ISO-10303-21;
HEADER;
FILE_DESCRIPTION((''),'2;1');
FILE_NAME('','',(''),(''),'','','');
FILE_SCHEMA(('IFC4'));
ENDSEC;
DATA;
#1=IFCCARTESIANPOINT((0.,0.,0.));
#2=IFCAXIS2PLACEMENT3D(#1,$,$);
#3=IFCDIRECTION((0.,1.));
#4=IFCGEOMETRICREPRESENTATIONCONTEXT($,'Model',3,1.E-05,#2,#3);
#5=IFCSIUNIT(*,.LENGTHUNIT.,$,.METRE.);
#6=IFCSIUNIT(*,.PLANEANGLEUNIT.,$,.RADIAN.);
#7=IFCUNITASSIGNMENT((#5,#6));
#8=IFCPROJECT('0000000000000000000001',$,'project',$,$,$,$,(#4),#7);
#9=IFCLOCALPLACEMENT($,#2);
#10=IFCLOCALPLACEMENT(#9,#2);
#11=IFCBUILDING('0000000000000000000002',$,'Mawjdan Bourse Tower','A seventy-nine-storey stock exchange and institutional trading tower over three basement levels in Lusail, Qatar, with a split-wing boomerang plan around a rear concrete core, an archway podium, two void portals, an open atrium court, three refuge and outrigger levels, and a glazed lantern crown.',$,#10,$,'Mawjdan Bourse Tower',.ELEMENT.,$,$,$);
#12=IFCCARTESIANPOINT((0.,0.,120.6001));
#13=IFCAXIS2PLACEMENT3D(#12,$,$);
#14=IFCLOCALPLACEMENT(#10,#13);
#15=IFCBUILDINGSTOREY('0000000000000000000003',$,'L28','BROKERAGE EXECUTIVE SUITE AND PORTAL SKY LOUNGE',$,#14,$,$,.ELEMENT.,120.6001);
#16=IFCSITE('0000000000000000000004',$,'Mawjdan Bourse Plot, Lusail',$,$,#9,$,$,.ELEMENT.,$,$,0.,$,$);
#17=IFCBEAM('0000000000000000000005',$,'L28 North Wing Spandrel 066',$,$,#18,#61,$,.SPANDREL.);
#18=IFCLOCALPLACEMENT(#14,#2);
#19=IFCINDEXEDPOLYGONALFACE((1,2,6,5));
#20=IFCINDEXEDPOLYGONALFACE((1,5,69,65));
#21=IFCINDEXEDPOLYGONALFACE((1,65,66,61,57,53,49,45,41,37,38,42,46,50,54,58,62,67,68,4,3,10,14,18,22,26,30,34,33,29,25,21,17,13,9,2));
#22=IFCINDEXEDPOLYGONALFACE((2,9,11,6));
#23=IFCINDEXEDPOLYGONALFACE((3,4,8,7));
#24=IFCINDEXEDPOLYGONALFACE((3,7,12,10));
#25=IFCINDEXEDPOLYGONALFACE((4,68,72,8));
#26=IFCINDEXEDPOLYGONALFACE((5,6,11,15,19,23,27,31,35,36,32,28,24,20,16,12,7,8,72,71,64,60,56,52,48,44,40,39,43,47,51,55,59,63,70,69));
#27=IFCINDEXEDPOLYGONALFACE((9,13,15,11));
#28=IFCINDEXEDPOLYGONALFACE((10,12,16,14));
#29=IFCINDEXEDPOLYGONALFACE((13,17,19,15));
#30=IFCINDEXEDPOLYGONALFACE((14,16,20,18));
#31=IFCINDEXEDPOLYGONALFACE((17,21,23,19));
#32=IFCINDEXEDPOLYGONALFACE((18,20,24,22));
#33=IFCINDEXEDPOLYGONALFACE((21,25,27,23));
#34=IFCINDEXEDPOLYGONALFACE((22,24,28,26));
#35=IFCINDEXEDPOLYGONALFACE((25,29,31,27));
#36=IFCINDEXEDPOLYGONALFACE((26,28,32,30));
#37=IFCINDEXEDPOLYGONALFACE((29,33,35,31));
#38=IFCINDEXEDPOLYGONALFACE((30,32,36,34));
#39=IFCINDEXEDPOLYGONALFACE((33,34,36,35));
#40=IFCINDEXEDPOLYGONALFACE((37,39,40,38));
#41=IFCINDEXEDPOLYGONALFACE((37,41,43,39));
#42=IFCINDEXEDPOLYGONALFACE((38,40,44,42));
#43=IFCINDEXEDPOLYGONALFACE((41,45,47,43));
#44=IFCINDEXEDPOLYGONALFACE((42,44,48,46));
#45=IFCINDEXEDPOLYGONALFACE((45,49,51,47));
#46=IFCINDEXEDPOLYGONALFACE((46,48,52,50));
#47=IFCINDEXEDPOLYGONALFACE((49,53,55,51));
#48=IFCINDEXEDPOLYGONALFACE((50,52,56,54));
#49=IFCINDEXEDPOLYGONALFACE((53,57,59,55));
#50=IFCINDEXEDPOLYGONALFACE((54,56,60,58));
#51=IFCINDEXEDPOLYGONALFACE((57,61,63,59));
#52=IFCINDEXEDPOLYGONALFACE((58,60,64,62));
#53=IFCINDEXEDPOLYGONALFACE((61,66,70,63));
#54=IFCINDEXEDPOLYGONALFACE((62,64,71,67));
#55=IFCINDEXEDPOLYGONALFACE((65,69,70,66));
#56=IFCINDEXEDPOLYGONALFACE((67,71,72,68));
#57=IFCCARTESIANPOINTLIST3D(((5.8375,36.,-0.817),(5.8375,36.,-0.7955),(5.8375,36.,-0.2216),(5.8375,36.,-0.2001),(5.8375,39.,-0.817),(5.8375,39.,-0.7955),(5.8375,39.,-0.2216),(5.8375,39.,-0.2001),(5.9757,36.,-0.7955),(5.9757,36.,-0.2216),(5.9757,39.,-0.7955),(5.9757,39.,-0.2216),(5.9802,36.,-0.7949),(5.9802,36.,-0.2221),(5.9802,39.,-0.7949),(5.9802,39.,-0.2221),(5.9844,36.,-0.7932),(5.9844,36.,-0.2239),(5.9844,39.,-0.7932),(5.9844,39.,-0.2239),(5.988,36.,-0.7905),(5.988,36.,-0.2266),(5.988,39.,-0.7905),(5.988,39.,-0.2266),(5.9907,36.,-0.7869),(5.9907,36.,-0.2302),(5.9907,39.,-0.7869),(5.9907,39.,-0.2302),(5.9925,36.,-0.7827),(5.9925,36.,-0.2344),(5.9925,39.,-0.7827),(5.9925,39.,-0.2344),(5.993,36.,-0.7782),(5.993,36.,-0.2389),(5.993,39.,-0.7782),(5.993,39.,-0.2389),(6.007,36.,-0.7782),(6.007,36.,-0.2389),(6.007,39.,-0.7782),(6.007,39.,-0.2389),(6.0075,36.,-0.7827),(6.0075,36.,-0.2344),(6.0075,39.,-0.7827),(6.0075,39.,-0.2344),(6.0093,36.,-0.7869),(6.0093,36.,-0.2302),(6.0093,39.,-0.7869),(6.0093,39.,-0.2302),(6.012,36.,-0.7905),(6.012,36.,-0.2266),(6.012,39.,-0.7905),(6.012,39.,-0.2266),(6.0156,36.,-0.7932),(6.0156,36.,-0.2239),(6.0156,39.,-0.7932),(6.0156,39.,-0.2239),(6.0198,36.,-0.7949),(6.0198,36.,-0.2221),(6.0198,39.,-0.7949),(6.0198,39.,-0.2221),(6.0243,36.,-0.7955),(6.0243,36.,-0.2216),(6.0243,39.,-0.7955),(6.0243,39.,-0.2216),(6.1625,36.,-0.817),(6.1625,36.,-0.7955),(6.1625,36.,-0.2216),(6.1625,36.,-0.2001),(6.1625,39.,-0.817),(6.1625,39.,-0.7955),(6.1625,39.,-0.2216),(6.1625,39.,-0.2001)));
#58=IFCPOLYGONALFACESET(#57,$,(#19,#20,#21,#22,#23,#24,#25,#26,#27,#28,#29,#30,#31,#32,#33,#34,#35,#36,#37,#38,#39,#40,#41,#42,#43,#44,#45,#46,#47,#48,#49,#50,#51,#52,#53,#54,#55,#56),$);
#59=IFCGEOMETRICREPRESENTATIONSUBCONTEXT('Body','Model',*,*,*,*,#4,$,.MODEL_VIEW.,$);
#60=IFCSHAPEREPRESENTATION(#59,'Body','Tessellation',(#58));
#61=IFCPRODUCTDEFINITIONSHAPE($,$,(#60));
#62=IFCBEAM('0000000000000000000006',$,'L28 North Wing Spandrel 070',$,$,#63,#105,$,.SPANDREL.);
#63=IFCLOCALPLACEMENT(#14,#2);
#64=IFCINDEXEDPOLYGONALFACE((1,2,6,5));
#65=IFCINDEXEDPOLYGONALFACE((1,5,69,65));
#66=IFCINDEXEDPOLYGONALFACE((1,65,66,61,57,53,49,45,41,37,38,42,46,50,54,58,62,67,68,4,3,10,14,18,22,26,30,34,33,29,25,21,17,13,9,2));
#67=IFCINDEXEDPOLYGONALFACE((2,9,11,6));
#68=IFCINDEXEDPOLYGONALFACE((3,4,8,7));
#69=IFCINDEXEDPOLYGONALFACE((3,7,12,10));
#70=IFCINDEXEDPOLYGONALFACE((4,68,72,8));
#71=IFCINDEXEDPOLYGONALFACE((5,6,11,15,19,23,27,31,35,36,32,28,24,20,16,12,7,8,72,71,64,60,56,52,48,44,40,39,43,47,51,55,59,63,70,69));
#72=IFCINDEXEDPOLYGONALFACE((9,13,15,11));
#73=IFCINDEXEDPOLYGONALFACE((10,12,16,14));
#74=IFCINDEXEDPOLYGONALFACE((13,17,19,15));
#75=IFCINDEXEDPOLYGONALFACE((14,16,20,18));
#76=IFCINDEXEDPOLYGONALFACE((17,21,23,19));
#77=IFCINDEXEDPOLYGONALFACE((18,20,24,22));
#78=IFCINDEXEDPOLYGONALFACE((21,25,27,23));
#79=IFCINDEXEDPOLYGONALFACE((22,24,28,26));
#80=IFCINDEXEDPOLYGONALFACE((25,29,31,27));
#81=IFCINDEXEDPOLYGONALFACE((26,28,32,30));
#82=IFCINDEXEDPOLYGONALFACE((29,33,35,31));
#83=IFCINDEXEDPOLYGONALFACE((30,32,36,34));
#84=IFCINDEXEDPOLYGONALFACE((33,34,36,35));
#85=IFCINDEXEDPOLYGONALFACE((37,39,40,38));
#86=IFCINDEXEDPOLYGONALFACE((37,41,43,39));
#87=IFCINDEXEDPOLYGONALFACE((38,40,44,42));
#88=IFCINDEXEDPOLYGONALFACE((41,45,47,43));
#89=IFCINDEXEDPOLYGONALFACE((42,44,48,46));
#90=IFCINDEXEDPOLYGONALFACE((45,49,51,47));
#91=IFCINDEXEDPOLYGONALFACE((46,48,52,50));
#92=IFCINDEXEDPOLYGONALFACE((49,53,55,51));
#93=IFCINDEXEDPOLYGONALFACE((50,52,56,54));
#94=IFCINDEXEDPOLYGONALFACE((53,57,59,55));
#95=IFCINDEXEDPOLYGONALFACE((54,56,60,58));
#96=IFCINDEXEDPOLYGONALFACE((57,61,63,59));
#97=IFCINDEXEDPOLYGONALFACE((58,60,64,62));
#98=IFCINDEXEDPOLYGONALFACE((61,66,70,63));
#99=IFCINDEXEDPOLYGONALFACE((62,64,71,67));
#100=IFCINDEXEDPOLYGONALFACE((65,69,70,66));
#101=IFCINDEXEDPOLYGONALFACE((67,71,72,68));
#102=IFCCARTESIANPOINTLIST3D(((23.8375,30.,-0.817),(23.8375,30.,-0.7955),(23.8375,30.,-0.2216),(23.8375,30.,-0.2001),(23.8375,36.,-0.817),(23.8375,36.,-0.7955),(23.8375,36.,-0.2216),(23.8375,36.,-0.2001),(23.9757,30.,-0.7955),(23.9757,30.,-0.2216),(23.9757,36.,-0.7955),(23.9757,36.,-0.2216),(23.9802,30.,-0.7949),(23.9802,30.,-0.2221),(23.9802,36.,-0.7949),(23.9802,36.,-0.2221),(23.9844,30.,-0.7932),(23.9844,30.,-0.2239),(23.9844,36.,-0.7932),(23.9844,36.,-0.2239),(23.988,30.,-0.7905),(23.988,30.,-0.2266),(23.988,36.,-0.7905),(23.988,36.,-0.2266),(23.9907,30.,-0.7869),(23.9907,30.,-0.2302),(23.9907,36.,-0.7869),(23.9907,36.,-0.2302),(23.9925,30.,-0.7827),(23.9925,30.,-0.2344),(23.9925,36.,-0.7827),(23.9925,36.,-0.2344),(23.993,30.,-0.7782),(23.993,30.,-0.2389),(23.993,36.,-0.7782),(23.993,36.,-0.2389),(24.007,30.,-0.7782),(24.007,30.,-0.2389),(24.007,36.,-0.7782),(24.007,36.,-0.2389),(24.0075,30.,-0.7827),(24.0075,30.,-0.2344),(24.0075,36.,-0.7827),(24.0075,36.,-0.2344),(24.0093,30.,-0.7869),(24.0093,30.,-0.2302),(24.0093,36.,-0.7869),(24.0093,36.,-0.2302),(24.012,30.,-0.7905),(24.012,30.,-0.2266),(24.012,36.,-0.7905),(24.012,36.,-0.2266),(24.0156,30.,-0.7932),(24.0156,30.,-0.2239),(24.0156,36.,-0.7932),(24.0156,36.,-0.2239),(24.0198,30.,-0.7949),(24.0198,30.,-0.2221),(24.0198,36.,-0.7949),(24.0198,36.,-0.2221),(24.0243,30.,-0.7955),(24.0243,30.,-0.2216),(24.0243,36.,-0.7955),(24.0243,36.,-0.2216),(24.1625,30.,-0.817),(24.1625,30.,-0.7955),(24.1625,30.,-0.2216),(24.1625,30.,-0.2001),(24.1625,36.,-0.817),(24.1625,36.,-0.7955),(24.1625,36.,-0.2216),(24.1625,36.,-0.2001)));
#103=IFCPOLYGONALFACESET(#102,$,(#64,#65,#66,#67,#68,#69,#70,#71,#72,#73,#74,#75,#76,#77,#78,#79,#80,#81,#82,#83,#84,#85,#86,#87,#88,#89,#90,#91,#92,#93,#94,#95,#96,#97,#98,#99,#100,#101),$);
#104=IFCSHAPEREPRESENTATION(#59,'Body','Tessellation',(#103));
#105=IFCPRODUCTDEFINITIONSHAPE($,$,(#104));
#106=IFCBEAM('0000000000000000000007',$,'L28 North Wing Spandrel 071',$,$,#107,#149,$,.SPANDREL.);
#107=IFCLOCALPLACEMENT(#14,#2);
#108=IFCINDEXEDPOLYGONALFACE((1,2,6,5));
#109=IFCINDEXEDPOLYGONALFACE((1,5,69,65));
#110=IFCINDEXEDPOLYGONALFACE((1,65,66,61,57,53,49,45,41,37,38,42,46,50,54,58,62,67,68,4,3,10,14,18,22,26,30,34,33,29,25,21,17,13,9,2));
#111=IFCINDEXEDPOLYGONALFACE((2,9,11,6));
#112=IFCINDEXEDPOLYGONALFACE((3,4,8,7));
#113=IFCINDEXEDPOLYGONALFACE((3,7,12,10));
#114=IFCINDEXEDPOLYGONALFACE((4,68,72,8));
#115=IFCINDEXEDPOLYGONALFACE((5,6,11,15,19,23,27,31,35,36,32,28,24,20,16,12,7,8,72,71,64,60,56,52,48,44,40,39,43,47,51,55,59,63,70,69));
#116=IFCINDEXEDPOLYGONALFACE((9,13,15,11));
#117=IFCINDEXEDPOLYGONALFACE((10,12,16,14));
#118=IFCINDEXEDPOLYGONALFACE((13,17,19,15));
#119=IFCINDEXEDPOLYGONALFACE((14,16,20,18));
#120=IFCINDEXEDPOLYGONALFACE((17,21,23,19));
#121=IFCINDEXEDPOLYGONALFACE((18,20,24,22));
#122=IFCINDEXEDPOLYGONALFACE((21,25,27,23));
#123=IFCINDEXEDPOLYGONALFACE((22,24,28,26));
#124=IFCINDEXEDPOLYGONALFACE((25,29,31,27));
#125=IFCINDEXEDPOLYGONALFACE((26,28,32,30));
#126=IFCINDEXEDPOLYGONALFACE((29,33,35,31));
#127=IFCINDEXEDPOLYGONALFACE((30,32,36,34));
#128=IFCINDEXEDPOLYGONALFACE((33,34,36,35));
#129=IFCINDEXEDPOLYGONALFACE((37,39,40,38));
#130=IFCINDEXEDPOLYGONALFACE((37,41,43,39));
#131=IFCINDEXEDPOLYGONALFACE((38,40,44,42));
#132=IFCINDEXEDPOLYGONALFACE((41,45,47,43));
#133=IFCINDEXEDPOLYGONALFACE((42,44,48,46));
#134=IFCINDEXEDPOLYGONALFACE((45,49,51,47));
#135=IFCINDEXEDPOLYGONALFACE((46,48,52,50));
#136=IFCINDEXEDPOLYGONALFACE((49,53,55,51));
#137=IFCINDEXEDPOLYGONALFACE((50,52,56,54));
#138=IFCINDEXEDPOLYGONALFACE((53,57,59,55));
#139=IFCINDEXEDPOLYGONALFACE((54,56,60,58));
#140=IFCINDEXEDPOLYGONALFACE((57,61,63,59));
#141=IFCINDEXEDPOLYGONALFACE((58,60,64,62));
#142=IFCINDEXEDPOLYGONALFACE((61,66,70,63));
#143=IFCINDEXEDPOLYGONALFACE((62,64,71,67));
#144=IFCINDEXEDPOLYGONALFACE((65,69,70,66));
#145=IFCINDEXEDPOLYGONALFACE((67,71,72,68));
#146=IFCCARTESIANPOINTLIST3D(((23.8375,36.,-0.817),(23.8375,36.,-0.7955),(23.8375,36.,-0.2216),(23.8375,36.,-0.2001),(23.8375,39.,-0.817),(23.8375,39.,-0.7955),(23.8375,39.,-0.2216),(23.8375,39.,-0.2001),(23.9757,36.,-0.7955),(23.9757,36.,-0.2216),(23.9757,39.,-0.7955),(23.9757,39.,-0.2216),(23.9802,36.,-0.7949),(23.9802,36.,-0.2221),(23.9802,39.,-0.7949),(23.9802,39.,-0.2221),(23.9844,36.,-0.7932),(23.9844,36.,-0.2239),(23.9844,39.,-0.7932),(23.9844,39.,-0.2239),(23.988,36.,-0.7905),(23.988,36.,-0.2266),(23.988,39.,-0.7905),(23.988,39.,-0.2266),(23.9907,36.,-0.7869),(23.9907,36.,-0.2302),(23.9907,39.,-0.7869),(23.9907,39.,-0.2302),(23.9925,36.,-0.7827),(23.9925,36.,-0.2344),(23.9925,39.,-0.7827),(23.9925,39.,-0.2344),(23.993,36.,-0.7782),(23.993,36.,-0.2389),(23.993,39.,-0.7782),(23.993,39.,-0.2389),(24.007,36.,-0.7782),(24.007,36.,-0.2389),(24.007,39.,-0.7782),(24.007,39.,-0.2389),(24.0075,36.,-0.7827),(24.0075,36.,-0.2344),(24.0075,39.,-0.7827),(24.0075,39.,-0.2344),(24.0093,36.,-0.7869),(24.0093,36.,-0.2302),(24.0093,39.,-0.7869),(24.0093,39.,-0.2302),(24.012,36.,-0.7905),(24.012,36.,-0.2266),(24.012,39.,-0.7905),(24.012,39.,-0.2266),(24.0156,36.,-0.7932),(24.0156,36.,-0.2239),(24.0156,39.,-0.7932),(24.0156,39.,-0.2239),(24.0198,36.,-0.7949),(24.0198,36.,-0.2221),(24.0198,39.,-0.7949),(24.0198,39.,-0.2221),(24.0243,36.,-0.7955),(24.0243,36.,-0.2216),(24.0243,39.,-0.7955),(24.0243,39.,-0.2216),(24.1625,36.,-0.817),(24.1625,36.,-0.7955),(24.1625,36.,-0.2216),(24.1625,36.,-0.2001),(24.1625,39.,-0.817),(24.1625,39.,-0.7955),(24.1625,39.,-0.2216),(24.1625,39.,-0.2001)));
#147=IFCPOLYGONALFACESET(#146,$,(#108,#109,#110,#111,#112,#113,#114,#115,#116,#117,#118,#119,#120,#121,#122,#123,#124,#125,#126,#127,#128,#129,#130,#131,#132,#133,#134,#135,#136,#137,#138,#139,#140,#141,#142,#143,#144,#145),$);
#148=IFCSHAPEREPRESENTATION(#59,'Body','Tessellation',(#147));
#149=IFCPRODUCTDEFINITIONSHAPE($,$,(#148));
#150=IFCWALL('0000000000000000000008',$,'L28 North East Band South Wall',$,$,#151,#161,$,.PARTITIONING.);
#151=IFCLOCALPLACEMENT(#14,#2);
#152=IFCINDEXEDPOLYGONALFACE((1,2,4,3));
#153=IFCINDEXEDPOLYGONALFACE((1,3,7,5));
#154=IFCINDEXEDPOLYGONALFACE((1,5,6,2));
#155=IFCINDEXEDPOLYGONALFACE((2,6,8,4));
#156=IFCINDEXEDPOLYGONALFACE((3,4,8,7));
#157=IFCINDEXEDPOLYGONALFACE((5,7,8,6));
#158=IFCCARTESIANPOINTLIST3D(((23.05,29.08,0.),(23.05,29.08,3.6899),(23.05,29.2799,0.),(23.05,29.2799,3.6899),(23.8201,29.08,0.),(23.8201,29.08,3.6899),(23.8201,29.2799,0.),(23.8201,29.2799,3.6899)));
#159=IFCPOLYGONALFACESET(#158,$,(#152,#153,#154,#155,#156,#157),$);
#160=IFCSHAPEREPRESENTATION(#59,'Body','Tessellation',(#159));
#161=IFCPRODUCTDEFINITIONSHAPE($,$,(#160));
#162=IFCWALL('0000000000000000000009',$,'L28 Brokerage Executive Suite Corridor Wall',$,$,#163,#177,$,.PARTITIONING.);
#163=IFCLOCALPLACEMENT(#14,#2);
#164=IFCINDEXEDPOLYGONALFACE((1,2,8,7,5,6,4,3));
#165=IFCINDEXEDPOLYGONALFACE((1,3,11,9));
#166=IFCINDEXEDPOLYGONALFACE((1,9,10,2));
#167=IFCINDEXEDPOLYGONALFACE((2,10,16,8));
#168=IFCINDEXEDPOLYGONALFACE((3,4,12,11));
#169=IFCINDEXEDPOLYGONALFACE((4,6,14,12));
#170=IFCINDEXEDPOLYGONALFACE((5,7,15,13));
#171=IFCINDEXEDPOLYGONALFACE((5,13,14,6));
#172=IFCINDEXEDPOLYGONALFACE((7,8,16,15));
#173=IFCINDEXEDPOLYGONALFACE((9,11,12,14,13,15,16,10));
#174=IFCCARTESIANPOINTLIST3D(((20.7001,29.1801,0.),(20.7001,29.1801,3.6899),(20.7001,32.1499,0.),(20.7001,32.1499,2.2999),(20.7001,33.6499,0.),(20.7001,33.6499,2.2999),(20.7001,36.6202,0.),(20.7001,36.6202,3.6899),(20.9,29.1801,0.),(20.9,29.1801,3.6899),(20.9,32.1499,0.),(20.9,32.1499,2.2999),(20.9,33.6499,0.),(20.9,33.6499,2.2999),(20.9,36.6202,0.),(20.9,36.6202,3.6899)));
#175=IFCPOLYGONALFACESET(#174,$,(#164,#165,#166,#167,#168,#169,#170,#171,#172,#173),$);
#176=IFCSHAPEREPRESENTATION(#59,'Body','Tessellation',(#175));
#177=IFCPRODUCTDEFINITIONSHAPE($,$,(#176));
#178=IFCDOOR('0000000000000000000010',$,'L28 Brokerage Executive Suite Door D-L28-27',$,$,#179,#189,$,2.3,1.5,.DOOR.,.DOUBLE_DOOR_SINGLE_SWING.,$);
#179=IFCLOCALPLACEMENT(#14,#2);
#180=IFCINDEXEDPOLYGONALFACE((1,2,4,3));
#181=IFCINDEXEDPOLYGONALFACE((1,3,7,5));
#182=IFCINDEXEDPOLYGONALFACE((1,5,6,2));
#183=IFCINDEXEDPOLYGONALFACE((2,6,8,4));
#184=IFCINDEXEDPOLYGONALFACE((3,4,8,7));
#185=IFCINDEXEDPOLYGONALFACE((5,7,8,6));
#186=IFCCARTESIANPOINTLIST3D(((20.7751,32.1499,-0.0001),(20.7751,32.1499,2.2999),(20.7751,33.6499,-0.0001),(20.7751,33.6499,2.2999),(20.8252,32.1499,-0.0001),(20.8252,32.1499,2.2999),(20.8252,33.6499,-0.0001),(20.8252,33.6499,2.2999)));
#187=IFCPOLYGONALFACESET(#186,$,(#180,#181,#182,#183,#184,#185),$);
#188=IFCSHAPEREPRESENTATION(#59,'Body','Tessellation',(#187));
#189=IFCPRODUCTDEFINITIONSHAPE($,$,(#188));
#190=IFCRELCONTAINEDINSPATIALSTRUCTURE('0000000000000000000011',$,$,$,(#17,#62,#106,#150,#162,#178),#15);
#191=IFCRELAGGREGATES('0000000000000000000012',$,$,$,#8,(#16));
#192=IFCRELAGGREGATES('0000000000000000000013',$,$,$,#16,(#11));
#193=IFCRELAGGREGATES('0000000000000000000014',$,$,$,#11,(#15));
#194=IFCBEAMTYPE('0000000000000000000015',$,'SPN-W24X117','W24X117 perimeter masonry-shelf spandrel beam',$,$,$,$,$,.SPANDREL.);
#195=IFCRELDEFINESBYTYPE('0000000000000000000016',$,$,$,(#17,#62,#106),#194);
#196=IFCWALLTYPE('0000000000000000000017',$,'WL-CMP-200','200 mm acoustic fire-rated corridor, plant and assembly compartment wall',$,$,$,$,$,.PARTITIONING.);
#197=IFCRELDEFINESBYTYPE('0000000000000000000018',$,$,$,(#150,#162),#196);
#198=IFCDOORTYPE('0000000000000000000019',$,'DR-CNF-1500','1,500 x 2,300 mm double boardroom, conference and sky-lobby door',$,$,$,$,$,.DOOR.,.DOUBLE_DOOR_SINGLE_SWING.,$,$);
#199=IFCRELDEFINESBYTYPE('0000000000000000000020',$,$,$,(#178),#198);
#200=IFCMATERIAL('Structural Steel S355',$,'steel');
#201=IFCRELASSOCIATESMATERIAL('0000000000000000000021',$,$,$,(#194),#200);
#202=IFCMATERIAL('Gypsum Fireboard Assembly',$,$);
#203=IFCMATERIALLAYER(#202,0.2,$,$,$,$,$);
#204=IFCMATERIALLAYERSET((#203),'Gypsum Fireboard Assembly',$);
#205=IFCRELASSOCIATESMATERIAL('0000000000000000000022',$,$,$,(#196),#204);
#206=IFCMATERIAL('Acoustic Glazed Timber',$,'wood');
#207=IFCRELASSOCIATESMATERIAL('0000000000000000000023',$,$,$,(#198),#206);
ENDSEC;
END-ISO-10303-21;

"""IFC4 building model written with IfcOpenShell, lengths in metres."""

from ifc_helpers import new_model, si_unit, direction, frame, frame_2d, origin, origin_2d, place, context, subcontext, project, spatial, rectangle, i_section, extrude, material, layer, layer_set, material_profile, profile_set, type_object, element, fill, save


model = new_model("IFC4")

# Units and contexts
model_context = context("Model", 3, precision=1e-05, world=origin(), true_north=direction((0.0, 1.0)))
body_context = subcontext(model_context, "Body", "Model", "MODEL_VIEW")
ifc_project = project(units=[si_unit("LENGTHUNIT", "METRE"), si_unit("PLANEANGLEUNIT", "RADIAN")], contexts=[model_context])

# Site, building, storey
site_placement = place(None, origin())
site = spatial("IfcSite", under=ifc_project, at=site_placement, Name="Mawjdan Bourse Plot, Lusail", CompositionType="ELEMENT", RefElevation=0.0)
building_placement = place(site_placement, origin())
building = spatial("IfcBuilding", under=site, at=building_placement, Name="Mawjdan Bourse Tower", Description="A seventy-nine-storey stock exchange and institutional trading tower over three basement levels in Lusail, Qatar, with a split-wing boomerang plan around a rear concrete core, an archway podium, two void portals, an open atrium court, three refuge and outrigger levels, and a glazed lantern crown.", LongName="Mawjdan Bourse Tower", CompositionType="ELEMENT")
storey_placement = place(building_placement, frame((0.0, 0.0, 120.6001)))
storey = spatial("IfcBuildingStorey", under=building, at=storey_placement, Name="L28", Description="BROKERAGE EXECUTIVE SUITE AND PORTAL SKY LOUNGE", CompositionType="ELEMENT", Elevation=120.6001)

# Beams
ifc_material_1 = material(Name="Structural Steel S355", Category="steel")
ifc_material_profile_1 = material_profile(ifc_material_1, i_section(OverallWidth=0.325, OverallDepth=0.6169, WebThickness=0.0139, FlangeThickness=0.0215, FilletRadius=0.0173, at=origin_2d()), Name="W24X117")
ifc_profile_set_1 = profile_set([ifc_material_profile_1], Name="Structural Steel S355")
beam_type_1 = type_object("IfcBeamType", Name="SPN-W24X117", Description="W24X117 perimeter masonry-shelf spandrel beam", PredefinedType="SPANDREL", material=ifc_profile_set_1)
beam_1_placement = place(storey_placement, frame((6.0, 36.0, -0.5085), z_axis=(0.0, 1.0, 0.0), x_axis=(-1.0, 0.0, 0.0)))
element("IfcBeam", 1, at=beam_1_placement, inside=storey, type_object=beam_type_1, Name="L28 North Wing Spandrel 066", PredefinedType="SPANDREL", context=body_context, shape_type="SweptSolid", body=[
    extrude(i_section(OverallWidth=0.325, OverallDepth=0.6169, WebThickness=0.0139, FlangeThickness=0.0215, FilletRadius=0.0173, at=origin_2d()), origin(), (0.0, 0.0, 1.0), 3.0),
])
beam_2_placement = place(storey_placement, frame((24.0, 30.0, -0.5085), z_axis=(0.0, 1.0, 0.0), x_axis=(-1.0, 0.0, 0.0)))
element("IfcBeam", 2, at=beam_2_placement, inside=storey, type_object=beam_type_1, Name="L28 North Wing Spandrel 070", PredefinedType="SPANDREL", context=body_context, shape_type="SweptSolid", body=[
    extrude(i_section(OverallWidth=0.325, OverallDepth=0.6169, WebThickness=0.0139, FlangeThickness=0.0215, FilletRadius=0.0173, at=origin_2d()), origin(), (0.0, 0.0, 1.0), 6.0),
])
beam_3_placement = place(storey_placement, frame((24.0, 36.0, -0.5085), z_axis=(0.0, 1.0, 0.0), x_axis=(-1.0, 0.0, 0.0)))
element("IfcBeam", 3, at=beam_3_placement, inside=storey, type_object=beam_type_1, Name="L28 North Wing Spandrel 071", PredefinedType="SPANDREL", context=body_context, shape_type="SweptSolid", body=[
    extrude(i_section(OverallWidth=0.325, OverallDepth=0.6169, WebThickness=0.0139, FlangeThickness=0.0215, FilletRadius=0.0173, at=origin_2d()), origin(), (0.0, 0.0, 1.0), 3.0),
])

# Wall
ifc_material_2 = material(Name="Gypsum Fireboard Assembly")
ifc_layer_1 = layer(ifc_material_2, 0.2)
ifc_layer_set_1 = layer_set([ifc_layer_1], Name="Gypsum Fireboard Assembly")
wall_type = type_object("IfcWallType", Name="WL-CMP-200", Description="200 mm acoustic fire-rated corridor, plant and assembly compartment wall", PredefinedType="PARTITIONING", material=ifc_layer_set_1)
wall_1_placement = place(storey_placement, frame((23.05, 29.1799, 0.0), z_axis=(0.0, 0.0, 1.0), x_axis=(1.0, 0.0, 0.0)))
element("IfcWall", 4, at=wall_1_placement, inside=storey, type_object=wall_type, Name="L28 North East Band South Wall", PredefinedType="PARTITIONING", context=body_context, shape_type="SweptSolid", body=[
    extrude(rectangle(XDim=0.77, YDim=0.2, at=frame_2d((0.385, 0.0))), origin(), (0.0, 0.0, 1.0), 3.6899),
])

# Wall, opening, door
wall_2_placement = place(storey_placement, frame((20.8, 29.1799, 0.0), z_axis=(0.0, 0.0, 1.0), x_axis=(0.0, 1.0, 0.0)))
wall_2 = element("IfcWall", 5, at=wall_2_placement, inside=storey, type_object=wall_type, Name="L28 Brokerage Executive Suite Corridor Wall", PredefinedType="PARTITIONING", context=body_context, shape_type="SweptSolid", body=[
    extrude(rectangle(XDim=7.4402, YDim=0.2, at=frame_2d((3.7202, 0.0))), origin(), (0.0, 0.0, 1.0), 3.6899),
])
opening_placement = place(wall_2_placement, frame((2.97, 0.0, 0.0)))
opening = element("IfcOpeningElement", 6, at=opening_placement, cuts=wall_2, PredefinedType="OPENING", context=body_context, shape_type="SweptSolid", body=[
    extrude(rectangle(XDim=1.5, YDim=2.3, at=frame_2d((0.75, 1.1499))), frame((0.0, 0.1099, 0.0), z_axis=(0.0, -1.0, 0.0), x_axis=(1.0, 0.0, 0.0)), (0.0, 0.0, 1.0), 0.22),
])
ifc_material_3 = material(Name="Acoustic Glazed Timber", Category="wood")
door_type = type_object("IfcDoorType", Name="DR-CNF-1500", Description="1,500 x 2,300 mm double boardroom, conference and sky-lobby door", OperationType="DOUBLE_DOOR_SINGLE_SWING", PredefinedType="DOOR", material=ifc_material_3)
door_placement = place(opening_placement, origin())
door = element("IfcDoor", 7, at=door_placement, inside=storey, type_object=door_type, Name="L28 Brokerage Executive Suite Door D-L28-27", OperationType="DOUBLE_DOOR_SINGLE_SWING", OverallHeight=2.3, OverallWidth=1.5, PredefinedType="DOOR", context=body_context, shape_type="SweptSolid", body=[
    extrude(rectangle(XDim=1.5, YDim=2.3, at=frame_2d((0.75, 1.1499))), frame((0.0, 0.0249, 0.0), z_axis=(0.0, -1.0, 0.0), x_axis=(1.0, 0.0, 0.0)), (0.0, 0.0, 1.0), 0.05),
])
fill(opening, door)

save(model, "model.ifc")
